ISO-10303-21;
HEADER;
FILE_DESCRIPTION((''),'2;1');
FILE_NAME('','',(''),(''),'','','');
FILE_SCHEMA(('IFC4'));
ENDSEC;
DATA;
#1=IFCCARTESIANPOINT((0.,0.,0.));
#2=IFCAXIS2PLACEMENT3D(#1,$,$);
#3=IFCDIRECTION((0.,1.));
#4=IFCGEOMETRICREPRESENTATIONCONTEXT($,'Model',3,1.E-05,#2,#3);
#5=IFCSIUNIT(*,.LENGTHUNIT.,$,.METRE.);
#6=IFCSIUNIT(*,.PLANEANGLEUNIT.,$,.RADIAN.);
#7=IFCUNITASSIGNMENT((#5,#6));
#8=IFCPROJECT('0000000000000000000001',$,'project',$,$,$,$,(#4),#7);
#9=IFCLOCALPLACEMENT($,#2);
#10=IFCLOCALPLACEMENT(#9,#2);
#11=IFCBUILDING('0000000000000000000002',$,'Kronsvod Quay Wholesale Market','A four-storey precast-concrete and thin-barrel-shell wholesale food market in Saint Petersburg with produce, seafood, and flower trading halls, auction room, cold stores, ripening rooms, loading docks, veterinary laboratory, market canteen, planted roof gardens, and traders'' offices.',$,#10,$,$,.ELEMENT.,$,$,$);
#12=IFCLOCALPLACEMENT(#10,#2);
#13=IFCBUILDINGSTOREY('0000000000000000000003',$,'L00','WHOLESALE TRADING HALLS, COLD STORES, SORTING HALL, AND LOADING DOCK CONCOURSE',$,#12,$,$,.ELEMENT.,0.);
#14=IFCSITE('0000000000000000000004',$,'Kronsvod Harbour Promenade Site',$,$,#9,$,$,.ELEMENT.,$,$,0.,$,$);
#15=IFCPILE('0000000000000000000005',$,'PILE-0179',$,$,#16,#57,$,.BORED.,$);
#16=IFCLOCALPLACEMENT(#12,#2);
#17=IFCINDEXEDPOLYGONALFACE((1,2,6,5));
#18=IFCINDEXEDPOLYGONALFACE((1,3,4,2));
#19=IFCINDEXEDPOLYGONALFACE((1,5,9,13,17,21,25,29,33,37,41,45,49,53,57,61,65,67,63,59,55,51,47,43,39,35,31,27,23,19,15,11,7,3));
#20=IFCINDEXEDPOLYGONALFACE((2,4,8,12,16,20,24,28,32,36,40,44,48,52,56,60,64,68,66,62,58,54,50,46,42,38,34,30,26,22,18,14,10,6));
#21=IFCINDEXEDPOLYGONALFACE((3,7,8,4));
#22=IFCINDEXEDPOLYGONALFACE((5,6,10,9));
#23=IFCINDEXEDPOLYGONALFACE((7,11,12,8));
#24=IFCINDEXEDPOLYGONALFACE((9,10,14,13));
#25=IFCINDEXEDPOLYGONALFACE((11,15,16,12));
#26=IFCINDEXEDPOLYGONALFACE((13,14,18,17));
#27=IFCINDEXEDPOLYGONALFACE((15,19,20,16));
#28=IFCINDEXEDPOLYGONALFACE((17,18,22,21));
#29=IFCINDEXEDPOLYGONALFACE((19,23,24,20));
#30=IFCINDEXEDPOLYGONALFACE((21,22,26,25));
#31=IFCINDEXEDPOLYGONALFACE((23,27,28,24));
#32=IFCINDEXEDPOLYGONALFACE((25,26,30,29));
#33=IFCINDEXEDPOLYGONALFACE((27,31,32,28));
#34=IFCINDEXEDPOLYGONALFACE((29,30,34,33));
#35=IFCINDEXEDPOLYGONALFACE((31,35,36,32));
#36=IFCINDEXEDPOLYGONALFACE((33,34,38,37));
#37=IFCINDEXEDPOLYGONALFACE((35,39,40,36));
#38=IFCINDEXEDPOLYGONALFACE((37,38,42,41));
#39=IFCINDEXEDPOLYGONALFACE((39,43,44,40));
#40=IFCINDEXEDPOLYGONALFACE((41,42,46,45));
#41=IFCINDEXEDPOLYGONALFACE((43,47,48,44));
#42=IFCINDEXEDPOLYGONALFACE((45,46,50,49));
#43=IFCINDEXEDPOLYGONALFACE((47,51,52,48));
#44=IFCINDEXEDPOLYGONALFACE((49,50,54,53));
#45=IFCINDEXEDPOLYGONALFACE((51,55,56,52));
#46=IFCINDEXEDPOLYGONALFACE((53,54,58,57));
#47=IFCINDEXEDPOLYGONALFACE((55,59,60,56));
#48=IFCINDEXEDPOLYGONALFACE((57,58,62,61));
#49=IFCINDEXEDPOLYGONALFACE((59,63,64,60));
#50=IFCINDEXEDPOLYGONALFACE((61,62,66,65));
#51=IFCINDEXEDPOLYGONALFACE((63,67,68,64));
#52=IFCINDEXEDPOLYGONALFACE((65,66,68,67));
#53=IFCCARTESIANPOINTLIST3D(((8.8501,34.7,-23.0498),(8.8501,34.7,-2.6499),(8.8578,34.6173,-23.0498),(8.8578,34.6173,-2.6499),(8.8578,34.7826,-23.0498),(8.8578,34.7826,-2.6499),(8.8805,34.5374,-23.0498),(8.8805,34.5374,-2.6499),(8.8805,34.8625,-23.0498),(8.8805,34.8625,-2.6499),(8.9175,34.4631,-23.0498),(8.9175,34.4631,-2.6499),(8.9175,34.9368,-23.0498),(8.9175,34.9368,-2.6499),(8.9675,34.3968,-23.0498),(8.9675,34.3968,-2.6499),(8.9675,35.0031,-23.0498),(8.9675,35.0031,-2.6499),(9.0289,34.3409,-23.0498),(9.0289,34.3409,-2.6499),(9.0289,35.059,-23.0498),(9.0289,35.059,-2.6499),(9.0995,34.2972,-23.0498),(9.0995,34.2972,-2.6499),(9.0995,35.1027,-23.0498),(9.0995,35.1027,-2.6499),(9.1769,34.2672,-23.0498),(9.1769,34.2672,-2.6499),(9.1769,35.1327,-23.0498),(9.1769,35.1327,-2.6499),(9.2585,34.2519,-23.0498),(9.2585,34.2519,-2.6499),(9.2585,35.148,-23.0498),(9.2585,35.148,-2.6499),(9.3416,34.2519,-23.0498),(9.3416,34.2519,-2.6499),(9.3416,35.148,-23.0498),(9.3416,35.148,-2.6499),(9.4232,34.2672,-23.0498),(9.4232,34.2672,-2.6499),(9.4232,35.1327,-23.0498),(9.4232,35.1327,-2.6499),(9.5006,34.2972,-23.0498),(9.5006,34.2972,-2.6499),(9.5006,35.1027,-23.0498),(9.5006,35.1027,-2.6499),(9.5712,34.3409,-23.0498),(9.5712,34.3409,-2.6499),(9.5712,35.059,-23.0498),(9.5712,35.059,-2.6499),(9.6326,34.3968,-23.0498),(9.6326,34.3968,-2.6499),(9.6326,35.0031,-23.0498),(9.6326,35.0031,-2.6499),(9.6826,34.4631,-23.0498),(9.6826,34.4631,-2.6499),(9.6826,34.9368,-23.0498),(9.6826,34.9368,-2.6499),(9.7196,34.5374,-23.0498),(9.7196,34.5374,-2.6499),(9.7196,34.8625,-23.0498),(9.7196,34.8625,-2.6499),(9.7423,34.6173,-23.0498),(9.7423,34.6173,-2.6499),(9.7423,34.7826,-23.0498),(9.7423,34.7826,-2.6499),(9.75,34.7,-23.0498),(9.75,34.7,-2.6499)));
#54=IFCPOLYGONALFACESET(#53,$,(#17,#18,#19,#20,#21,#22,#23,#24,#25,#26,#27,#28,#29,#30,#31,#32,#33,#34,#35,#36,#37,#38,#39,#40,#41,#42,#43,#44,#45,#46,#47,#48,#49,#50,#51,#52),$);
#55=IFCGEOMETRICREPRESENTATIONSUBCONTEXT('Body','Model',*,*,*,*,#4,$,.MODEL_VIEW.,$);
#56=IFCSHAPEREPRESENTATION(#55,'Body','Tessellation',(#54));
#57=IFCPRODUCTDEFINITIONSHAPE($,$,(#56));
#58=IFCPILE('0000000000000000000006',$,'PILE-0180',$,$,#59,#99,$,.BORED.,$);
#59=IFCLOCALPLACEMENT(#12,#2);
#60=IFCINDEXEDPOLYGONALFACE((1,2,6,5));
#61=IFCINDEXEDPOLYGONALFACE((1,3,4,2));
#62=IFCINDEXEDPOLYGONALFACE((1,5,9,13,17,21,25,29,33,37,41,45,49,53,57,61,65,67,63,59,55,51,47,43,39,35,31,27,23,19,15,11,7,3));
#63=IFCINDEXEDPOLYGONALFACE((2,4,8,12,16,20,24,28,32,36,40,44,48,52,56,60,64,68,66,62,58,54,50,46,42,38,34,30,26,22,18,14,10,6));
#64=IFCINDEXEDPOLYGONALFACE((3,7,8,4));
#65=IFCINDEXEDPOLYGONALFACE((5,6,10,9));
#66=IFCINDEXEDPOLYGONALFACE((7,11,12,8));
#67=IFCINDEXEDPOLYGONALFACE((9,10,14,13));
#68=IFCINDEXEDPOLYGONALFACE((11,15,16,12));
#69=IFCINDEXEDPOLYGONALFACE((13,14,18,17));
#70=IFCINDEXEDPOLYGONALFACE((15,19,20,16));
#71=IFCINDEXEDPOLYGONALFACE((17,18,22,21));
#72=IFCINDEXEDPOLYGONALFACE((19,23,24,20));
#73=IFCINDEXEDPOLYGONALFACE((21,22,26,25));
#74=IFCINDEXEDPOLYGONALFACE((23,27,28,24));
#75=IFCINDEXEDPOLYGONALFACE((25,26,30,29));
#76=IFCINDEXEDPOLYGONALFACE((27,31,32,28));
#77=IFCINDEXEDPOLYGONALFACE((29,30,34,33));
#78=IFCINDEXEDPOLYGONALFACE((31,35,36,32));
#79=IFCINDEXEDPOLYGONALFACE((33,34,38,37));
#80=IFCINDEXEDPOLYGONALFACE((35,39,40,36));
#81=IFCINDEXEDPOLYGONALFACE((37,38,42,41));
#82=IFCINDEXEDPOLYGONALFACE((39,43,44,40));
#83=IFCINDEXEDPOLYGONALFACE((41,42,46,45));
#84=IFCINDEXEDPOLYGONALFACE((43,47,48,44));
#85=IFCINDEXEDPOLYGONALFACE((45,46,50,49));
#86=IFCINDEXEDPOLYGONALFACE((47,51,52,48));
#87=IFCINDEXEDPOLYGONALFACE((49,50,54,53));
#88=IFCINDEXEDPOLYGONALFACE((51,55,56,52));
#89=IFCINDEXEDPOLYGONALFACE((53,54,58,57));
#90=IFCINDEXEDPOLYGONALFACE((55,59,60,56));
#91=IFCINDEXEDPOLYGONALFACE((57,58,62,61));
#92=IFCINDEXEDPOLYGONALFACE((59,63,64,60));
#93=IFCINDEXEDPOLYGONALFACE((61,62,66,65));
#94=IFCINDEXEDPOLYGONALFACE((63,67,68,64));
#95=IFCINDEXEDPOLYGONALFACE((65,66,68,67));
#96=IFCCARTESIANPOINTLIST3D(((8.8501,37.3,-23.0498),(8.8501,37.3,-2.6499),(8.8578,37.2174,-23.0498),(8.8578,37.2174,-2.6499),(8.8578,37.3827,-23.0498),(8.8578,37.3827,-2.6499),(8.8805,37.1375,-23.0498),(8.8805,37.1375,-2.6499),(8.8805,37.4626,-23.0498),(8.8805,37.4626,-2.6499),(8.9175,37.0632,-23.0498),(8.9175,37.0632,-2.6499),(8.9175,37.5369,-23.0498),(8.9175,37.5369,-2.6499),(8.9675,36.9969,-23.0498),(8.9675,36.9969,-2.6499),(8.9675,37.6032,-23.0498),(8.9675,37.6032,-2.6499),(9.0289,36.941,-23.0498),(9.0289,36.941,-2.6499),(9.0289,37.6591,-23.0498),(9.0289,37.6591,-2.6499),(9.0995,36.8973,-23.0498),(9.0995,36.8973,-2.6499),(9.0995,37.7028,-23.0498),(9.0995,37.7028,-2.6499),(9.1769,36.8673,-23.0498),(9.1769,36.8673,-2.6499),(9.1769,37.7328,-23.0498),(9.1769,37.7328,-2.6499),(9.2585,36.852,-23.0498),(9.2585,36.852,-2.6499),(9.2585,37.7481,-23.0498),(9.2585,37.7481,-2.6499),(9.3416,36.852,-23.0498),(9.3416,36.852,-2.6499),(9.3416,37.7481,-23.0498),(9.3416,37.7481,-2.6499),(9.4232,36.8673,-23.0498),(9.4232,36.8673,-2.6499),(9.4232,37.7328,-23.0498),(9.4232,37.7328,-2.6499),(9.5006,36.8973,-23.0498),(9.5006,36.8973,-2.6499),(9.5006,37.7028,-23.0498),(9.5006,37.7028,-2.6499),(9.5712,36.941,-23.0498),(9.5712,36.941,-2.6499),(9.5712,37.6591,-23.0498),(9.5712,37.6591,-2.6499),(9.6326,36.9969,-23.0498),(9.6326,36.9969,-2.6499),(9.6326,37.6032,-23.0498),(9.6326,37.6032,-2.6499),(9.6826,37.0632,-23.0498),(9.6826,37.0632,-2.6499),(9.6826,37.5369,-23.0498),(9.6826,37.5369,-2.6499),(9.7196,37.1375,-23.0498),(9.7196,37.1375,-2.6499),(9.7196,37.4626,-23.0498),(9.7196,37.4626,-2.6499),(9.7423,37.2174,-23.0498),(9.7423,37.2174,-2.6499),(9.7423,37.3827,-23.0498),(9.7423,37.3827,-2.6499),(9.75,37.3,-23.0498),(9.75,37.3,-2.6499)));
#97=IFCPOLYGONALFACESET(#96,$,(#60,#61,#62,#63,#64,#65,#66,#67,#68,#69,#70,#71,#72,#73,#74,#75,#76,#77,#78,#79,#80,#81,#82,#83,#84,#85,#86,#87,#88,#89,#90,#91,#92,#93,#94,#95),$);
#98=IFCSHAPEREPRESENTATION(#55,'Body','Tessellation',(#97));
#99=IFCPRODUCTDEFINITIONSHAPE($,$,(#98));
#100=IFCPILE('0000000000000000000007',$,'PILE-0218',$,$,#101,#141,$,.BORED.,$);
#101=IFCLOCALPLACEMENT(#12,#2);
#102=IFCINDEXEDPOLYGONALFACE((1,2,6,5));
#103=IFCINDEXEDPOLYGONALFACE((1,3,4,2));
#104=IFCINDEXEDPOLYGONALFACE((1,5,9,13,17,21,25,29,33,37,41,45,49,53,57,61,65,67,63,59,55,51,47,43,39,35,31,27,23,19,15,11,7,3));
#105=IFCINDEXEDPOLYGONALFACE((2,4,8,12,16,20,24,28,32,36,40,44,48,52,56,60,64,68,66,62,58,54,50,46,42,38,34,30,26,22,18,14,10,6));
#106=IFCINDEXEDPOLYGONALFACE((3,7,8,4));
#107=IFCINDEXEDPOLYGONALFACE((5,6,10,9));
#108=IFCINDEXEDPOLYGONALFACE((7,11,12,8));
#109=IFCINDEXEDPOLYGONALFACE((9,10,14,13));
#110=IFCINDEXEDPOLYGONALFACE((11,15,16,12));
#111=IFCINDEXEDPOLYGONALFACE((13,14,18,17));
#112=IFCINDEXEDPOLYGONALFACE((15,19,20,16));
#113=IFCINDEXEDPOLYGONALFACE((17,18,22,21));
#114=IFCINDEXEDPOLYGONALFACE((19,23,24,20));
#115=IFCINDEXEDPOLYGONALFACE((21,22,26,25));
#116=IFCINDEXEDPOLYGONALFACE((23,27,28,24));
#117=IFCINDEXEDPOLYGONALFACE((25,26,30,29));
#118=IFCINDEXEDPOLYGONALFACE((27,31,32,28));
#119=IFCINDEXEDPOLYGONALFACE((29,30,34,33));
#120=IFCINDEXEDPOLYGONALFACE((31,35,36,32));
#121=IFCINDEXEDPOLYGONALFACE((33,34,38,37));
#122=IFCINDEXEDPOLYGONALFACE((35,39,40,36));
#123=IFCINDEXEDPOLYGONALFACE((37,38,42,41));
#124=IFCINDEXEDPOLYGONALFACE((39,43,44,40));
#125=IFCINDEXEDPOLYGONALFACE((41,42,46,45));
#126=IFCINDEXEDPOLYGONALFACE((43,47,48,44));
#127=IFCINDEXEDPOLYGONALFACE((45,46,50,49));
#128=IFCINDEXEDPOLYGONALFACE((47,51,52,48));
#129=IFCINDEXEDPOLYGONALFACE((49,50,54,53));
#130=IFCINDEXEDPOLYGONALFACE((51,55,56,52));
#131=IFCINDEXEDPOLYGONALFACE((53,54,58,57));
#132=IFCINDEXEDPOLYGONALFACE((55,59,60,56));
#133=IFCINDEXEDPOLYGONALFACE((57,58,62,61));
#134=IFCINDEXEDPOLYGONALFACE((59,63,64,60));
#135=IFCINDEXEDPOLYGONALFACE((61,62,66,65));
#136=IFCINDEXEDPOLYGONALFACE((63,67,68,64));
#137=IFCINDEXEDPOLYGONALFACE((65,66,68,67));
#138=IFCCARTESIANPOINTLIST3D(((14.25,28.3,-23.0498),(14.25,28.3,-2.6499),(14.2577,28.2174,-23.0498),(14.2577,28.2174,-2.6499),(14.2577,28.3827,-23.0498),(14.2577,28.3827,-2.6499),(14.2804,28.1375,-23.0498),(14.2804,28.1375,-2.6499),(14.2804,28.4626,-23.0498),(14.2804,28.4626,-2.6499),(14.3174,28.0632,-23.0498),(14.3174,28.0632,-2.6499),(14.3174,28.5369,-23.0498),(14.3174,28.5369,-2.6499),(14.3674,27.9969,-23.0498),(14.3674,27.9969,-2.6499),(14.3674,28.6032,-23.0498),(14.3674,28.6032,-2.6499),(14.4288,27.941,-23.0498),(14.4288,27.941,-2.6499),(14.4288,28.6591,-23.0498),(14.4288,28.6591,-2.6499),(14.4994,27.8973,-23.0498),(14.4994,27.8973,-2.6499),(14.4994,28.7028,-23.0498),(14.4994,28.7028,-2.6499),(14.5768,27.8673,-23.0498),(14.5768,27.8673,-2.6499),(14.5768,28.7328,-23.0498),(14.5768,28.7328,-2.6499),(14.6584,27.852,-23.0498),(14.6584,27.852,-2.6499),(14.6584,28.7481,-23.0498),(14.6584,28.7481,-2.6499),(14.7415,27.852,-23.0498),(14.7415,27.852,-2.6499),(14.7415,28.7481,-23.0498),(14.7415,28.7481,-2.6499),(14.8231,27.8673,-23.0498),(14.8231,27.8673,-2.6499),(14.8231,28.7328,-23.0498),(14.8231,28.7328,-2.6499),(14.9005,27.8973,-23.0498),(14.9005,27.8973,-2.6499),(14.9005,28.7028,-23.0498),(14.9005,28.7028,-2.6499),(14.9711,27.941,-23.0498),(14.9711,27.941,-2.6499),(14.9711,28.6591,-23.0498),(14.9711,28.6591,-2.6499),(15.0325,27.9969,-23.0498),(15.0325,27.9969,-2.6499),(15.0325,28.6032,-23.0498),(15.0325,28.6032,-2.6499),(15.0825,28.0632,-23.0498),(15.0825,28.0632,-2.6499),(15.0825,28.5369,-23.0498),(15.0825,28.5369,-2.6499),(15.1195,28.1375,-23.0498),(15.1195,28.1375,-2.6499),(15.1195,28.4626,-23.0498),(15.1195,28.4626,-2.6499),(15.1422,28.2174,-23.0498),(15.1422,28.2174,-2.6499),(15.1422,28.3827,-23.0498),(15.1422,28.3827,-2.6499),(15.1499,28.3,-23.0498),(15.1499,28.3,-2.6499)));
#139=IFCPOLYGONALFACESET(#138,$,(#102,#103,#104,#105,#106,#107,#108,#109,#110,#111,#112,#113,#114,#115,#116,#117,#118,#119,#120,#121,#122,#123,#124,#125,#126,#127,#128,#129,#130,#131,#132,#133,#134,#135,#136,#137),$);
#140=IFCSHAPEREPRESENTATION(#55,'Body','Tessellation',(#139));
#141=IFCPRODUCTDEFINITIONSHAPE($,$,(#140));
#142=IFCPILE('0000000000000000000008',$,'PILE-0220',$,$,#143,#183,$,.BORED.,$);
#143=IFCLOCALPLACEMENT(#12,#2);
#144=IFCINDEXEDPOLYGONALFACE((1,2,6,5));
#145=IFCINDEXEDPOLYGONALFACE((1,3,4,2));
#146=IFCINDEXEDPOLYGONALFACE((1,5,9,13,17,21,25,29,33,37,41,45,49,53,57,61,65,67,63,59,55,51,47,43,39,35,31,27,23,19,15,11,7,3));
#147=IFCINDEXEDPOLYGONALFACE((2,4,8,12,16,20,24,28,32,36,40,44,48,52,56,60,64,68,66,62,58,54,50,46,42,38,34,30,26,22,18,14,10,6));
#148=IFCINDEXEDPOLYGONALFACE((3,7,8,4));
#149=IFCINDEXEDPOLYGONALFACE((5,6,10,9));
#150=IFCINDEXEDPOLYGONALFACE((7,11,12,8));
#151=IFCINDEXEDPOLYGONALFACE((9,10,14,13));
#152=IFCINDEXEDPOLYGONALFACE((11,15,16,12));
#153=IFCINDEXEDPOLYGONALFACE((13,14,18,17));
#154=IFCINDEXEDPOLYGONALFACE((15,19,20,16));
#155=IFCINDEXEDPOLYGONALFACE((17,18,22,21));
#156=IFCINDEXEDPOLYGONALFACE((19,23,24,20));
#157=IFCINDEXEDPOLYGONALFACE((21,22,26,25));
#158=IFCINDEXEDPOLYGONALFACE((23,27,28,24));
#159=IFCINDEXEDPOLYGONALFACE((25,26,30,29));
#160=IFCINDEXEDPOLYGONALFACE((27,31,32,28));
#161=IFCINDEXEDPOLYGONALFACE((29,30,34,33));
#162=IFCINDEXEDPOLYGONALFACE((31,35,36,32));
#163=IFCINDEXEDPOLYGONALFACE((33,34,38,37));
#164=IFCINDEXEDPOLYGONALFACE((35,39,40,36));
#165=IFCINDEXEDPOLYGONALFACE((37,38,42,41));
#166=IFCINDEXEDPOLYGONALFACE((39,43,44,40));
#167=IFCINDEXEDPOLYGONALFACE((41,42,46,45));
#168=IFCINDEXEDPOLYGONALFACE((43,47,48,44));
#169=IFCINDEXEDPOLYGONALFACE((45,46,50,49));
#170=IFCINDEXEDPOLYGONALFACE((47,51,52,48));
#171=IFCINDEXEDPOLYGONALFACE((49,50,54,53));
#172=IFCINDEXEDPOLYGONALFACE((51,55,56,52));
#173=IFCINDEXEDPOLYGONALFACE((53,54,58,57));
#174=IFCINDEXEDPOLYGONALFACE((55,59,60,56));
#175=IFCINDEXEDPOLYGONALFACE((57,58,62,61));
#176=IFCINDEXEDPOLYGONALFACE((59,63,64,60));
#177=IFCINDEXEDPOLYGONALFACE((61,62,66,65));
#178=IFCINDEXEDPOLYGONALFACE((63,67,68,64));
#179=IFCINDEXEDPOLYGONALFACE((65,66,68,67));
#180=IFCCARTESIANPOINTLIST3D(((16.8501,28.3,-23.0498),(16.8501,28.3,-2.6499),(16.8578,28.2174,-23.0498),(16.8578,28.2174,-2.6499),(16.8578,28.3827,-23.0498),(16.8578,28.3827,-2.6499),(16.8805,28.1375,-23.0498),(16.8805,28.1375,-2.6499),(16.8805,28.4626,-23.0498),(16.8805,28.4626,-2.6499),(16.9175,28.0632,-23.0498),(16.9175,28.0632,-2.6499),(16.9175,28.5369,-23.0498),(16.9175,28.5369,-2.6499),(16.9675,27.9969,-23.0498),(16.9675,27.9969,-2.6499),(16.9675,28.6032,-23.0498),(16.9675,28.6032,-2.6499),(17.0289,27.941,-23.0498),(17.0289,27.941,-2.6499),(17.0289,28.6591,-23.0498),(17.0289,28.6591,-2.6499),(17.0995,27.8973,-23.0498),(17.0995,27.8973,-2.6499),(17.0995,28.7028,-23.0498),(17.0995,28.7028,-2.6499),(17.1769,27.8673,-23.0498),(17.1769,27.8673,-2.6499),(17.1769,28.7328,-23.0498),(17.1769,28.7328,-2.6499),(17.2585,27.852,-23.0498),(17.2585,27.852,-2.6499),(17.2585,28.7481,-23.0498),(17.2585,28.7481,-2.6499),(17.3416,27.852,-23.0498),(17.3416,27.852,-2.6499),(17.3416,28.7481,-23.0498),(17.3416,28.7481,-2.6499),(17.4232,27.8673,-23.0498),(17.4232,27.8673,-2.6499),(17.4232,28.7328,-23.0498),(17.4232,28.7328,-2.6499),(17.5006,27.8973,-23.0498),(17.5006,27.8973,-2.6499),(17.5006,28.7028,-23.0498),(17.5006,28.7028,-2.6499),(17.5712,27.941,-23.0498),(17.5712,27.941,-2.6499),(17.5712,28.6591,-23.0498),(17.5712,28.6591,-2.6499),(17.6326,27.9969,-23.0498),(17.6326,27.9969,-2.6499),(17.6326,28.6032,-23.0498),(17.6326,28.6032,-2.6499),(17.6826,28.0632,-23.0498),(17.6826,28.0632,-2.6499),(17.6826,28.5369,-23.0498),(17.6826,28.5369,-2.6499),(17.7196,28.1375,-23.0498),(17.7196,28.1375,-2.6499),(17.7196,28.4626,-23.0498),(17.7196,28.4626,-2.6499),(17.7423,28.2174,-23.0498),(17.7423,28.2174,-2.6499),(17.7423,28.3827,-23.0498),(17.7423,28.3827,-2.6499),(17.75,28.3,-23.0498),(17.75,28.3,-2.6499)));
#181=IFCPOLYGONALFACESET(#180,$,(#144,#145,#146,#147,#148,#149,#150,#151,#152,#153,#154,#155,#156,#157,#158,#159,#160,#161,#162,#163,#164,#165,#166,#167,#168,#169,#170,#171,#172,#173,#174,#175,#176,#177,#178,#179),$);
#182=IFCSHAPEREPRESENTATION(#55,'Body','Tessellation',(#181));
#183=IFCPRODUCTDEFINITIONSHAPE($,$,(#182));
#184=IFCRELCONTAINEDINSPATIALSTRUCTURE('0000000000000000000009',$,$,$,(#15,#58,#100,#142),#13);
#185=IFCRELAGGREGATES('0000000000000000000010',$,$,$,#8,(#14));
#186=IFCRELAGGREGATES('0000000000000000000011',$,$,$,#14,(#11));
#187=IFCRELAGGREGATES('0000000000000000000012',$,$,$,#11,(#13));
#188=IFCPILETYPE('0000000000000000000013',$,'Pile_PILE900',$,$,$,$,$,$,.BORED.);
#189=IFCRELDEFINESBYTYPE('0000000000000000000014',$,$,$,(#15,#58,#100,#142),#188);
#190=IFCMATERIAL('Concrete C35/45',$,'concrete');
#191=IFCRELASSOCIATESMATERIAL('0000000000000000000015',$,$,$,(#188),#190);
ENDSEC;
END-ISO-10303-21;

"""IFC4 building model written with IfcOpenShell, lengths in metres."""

from ifc_helpers import new_model, si_unit, direction, frame, origin, origin_2d, place, context, subcontext, project, spatial, circle, extrude, material, material_profile, profile_set, type_object, element, save


model = new_model("IFC4")

# Units and contexts
model_context = context("Model", 3, precision=1e-05, world=origin(), true_north=direction((0.0, 1.0)))
body_context = subcontext(model_context, "Body", "Model", "MODEL_VIEW")
ifc_project = project(units=[si_unit("LENGTHUNIT", "METRE"), si_unit("PLANEANGLEUNIT", "RADIAN")], contexts=[model_context])

# Site, building, storey
site_placement = place(None, origin())
site = spatial("IfcSite", under=ifc_project, at=site_placement, Name="Kronsvod Harbour Promenade Site", CompositionType="ELEMENT", RefElevation=0.0)
building_placement = place(site_placement, origin())
building = spatial("IfcBuilding", under=site, at=building_placement, Name="Kronsvod Quay Wholesale Market", Description="A four-storey precast-concrete and thin-barrel-shell wholesale food market in Saint Petersburg with produce, seafood, and flower trading halls, auction room, cold stores, ripening rooms, loading docks, veterinary laboratory, market canteen, planted roof gardens, and traders' offices.", CompositionType="ELEMENT")
storey_placement = place(building_placement, origin())
storey = spatial("IfcBuildingStorey", under=building, at=storey_placement, Name="L00", Description="WHOLESALE TRADING HALLS, COLD STORES, SORTING HALL, AND LOADING DOCK CONCOURSE", CompositionType="ELEMENT", Elevation=0.0)

# Piles
ifc_material_1 = material(Name="Concrete C35/45", Category="concrete")
ifc_material_profile_1 = material_profile(ifc_material_1, circle(Radius=0.45, at=origin_2d()), Name="PILE900")
ifc_profile_set_1 = profile_set([ifc_material_profile_1], Name="Concrete C35/45")
pile_type = type_object("IfcPileType", Name="Pile_PILE900", PredefinedType="BORED", material=ifc_profile_set_1)
for number, where, z_axis, x_axis, name in (
    (1, (9.3, 34.7, -2.6499), (0.0, 0.0, -1.0), (1.0, 0.0, 0.0), "PILE-0179"),
    (2, (9.3, 37.3, -2.6499), (0.0, 0.0, -1.0), (1.0, 0.0, 0.0), "PILE-0180"),
    (3, (14.7, 28.3, -2.6499), (0.0, 0.0, -1.0), (1.0, 0.0, 0.0), "PILE-0218"),
    (4, (17.3, 28.3, -2.6499), (0.0, 0.0, -1.0), (1.0, 0.0, 0.0), "PILE-0220"),
):
    element("IfcPile", number, at=place(storey_placement, frame(where, z_axis=z_axis, x_axis=x_axis)), inside=storey, type_object=pile_type, Name=name, PredefinedType="BORED", context=body_context, shape_type="SweptSolid", body=[
        extrude(circle(Radius=0.45, at=origin_2d()), origin(), (0.0, 0.0, 1.0), 20.3999),
    ])

save(model, "model.ifc")
